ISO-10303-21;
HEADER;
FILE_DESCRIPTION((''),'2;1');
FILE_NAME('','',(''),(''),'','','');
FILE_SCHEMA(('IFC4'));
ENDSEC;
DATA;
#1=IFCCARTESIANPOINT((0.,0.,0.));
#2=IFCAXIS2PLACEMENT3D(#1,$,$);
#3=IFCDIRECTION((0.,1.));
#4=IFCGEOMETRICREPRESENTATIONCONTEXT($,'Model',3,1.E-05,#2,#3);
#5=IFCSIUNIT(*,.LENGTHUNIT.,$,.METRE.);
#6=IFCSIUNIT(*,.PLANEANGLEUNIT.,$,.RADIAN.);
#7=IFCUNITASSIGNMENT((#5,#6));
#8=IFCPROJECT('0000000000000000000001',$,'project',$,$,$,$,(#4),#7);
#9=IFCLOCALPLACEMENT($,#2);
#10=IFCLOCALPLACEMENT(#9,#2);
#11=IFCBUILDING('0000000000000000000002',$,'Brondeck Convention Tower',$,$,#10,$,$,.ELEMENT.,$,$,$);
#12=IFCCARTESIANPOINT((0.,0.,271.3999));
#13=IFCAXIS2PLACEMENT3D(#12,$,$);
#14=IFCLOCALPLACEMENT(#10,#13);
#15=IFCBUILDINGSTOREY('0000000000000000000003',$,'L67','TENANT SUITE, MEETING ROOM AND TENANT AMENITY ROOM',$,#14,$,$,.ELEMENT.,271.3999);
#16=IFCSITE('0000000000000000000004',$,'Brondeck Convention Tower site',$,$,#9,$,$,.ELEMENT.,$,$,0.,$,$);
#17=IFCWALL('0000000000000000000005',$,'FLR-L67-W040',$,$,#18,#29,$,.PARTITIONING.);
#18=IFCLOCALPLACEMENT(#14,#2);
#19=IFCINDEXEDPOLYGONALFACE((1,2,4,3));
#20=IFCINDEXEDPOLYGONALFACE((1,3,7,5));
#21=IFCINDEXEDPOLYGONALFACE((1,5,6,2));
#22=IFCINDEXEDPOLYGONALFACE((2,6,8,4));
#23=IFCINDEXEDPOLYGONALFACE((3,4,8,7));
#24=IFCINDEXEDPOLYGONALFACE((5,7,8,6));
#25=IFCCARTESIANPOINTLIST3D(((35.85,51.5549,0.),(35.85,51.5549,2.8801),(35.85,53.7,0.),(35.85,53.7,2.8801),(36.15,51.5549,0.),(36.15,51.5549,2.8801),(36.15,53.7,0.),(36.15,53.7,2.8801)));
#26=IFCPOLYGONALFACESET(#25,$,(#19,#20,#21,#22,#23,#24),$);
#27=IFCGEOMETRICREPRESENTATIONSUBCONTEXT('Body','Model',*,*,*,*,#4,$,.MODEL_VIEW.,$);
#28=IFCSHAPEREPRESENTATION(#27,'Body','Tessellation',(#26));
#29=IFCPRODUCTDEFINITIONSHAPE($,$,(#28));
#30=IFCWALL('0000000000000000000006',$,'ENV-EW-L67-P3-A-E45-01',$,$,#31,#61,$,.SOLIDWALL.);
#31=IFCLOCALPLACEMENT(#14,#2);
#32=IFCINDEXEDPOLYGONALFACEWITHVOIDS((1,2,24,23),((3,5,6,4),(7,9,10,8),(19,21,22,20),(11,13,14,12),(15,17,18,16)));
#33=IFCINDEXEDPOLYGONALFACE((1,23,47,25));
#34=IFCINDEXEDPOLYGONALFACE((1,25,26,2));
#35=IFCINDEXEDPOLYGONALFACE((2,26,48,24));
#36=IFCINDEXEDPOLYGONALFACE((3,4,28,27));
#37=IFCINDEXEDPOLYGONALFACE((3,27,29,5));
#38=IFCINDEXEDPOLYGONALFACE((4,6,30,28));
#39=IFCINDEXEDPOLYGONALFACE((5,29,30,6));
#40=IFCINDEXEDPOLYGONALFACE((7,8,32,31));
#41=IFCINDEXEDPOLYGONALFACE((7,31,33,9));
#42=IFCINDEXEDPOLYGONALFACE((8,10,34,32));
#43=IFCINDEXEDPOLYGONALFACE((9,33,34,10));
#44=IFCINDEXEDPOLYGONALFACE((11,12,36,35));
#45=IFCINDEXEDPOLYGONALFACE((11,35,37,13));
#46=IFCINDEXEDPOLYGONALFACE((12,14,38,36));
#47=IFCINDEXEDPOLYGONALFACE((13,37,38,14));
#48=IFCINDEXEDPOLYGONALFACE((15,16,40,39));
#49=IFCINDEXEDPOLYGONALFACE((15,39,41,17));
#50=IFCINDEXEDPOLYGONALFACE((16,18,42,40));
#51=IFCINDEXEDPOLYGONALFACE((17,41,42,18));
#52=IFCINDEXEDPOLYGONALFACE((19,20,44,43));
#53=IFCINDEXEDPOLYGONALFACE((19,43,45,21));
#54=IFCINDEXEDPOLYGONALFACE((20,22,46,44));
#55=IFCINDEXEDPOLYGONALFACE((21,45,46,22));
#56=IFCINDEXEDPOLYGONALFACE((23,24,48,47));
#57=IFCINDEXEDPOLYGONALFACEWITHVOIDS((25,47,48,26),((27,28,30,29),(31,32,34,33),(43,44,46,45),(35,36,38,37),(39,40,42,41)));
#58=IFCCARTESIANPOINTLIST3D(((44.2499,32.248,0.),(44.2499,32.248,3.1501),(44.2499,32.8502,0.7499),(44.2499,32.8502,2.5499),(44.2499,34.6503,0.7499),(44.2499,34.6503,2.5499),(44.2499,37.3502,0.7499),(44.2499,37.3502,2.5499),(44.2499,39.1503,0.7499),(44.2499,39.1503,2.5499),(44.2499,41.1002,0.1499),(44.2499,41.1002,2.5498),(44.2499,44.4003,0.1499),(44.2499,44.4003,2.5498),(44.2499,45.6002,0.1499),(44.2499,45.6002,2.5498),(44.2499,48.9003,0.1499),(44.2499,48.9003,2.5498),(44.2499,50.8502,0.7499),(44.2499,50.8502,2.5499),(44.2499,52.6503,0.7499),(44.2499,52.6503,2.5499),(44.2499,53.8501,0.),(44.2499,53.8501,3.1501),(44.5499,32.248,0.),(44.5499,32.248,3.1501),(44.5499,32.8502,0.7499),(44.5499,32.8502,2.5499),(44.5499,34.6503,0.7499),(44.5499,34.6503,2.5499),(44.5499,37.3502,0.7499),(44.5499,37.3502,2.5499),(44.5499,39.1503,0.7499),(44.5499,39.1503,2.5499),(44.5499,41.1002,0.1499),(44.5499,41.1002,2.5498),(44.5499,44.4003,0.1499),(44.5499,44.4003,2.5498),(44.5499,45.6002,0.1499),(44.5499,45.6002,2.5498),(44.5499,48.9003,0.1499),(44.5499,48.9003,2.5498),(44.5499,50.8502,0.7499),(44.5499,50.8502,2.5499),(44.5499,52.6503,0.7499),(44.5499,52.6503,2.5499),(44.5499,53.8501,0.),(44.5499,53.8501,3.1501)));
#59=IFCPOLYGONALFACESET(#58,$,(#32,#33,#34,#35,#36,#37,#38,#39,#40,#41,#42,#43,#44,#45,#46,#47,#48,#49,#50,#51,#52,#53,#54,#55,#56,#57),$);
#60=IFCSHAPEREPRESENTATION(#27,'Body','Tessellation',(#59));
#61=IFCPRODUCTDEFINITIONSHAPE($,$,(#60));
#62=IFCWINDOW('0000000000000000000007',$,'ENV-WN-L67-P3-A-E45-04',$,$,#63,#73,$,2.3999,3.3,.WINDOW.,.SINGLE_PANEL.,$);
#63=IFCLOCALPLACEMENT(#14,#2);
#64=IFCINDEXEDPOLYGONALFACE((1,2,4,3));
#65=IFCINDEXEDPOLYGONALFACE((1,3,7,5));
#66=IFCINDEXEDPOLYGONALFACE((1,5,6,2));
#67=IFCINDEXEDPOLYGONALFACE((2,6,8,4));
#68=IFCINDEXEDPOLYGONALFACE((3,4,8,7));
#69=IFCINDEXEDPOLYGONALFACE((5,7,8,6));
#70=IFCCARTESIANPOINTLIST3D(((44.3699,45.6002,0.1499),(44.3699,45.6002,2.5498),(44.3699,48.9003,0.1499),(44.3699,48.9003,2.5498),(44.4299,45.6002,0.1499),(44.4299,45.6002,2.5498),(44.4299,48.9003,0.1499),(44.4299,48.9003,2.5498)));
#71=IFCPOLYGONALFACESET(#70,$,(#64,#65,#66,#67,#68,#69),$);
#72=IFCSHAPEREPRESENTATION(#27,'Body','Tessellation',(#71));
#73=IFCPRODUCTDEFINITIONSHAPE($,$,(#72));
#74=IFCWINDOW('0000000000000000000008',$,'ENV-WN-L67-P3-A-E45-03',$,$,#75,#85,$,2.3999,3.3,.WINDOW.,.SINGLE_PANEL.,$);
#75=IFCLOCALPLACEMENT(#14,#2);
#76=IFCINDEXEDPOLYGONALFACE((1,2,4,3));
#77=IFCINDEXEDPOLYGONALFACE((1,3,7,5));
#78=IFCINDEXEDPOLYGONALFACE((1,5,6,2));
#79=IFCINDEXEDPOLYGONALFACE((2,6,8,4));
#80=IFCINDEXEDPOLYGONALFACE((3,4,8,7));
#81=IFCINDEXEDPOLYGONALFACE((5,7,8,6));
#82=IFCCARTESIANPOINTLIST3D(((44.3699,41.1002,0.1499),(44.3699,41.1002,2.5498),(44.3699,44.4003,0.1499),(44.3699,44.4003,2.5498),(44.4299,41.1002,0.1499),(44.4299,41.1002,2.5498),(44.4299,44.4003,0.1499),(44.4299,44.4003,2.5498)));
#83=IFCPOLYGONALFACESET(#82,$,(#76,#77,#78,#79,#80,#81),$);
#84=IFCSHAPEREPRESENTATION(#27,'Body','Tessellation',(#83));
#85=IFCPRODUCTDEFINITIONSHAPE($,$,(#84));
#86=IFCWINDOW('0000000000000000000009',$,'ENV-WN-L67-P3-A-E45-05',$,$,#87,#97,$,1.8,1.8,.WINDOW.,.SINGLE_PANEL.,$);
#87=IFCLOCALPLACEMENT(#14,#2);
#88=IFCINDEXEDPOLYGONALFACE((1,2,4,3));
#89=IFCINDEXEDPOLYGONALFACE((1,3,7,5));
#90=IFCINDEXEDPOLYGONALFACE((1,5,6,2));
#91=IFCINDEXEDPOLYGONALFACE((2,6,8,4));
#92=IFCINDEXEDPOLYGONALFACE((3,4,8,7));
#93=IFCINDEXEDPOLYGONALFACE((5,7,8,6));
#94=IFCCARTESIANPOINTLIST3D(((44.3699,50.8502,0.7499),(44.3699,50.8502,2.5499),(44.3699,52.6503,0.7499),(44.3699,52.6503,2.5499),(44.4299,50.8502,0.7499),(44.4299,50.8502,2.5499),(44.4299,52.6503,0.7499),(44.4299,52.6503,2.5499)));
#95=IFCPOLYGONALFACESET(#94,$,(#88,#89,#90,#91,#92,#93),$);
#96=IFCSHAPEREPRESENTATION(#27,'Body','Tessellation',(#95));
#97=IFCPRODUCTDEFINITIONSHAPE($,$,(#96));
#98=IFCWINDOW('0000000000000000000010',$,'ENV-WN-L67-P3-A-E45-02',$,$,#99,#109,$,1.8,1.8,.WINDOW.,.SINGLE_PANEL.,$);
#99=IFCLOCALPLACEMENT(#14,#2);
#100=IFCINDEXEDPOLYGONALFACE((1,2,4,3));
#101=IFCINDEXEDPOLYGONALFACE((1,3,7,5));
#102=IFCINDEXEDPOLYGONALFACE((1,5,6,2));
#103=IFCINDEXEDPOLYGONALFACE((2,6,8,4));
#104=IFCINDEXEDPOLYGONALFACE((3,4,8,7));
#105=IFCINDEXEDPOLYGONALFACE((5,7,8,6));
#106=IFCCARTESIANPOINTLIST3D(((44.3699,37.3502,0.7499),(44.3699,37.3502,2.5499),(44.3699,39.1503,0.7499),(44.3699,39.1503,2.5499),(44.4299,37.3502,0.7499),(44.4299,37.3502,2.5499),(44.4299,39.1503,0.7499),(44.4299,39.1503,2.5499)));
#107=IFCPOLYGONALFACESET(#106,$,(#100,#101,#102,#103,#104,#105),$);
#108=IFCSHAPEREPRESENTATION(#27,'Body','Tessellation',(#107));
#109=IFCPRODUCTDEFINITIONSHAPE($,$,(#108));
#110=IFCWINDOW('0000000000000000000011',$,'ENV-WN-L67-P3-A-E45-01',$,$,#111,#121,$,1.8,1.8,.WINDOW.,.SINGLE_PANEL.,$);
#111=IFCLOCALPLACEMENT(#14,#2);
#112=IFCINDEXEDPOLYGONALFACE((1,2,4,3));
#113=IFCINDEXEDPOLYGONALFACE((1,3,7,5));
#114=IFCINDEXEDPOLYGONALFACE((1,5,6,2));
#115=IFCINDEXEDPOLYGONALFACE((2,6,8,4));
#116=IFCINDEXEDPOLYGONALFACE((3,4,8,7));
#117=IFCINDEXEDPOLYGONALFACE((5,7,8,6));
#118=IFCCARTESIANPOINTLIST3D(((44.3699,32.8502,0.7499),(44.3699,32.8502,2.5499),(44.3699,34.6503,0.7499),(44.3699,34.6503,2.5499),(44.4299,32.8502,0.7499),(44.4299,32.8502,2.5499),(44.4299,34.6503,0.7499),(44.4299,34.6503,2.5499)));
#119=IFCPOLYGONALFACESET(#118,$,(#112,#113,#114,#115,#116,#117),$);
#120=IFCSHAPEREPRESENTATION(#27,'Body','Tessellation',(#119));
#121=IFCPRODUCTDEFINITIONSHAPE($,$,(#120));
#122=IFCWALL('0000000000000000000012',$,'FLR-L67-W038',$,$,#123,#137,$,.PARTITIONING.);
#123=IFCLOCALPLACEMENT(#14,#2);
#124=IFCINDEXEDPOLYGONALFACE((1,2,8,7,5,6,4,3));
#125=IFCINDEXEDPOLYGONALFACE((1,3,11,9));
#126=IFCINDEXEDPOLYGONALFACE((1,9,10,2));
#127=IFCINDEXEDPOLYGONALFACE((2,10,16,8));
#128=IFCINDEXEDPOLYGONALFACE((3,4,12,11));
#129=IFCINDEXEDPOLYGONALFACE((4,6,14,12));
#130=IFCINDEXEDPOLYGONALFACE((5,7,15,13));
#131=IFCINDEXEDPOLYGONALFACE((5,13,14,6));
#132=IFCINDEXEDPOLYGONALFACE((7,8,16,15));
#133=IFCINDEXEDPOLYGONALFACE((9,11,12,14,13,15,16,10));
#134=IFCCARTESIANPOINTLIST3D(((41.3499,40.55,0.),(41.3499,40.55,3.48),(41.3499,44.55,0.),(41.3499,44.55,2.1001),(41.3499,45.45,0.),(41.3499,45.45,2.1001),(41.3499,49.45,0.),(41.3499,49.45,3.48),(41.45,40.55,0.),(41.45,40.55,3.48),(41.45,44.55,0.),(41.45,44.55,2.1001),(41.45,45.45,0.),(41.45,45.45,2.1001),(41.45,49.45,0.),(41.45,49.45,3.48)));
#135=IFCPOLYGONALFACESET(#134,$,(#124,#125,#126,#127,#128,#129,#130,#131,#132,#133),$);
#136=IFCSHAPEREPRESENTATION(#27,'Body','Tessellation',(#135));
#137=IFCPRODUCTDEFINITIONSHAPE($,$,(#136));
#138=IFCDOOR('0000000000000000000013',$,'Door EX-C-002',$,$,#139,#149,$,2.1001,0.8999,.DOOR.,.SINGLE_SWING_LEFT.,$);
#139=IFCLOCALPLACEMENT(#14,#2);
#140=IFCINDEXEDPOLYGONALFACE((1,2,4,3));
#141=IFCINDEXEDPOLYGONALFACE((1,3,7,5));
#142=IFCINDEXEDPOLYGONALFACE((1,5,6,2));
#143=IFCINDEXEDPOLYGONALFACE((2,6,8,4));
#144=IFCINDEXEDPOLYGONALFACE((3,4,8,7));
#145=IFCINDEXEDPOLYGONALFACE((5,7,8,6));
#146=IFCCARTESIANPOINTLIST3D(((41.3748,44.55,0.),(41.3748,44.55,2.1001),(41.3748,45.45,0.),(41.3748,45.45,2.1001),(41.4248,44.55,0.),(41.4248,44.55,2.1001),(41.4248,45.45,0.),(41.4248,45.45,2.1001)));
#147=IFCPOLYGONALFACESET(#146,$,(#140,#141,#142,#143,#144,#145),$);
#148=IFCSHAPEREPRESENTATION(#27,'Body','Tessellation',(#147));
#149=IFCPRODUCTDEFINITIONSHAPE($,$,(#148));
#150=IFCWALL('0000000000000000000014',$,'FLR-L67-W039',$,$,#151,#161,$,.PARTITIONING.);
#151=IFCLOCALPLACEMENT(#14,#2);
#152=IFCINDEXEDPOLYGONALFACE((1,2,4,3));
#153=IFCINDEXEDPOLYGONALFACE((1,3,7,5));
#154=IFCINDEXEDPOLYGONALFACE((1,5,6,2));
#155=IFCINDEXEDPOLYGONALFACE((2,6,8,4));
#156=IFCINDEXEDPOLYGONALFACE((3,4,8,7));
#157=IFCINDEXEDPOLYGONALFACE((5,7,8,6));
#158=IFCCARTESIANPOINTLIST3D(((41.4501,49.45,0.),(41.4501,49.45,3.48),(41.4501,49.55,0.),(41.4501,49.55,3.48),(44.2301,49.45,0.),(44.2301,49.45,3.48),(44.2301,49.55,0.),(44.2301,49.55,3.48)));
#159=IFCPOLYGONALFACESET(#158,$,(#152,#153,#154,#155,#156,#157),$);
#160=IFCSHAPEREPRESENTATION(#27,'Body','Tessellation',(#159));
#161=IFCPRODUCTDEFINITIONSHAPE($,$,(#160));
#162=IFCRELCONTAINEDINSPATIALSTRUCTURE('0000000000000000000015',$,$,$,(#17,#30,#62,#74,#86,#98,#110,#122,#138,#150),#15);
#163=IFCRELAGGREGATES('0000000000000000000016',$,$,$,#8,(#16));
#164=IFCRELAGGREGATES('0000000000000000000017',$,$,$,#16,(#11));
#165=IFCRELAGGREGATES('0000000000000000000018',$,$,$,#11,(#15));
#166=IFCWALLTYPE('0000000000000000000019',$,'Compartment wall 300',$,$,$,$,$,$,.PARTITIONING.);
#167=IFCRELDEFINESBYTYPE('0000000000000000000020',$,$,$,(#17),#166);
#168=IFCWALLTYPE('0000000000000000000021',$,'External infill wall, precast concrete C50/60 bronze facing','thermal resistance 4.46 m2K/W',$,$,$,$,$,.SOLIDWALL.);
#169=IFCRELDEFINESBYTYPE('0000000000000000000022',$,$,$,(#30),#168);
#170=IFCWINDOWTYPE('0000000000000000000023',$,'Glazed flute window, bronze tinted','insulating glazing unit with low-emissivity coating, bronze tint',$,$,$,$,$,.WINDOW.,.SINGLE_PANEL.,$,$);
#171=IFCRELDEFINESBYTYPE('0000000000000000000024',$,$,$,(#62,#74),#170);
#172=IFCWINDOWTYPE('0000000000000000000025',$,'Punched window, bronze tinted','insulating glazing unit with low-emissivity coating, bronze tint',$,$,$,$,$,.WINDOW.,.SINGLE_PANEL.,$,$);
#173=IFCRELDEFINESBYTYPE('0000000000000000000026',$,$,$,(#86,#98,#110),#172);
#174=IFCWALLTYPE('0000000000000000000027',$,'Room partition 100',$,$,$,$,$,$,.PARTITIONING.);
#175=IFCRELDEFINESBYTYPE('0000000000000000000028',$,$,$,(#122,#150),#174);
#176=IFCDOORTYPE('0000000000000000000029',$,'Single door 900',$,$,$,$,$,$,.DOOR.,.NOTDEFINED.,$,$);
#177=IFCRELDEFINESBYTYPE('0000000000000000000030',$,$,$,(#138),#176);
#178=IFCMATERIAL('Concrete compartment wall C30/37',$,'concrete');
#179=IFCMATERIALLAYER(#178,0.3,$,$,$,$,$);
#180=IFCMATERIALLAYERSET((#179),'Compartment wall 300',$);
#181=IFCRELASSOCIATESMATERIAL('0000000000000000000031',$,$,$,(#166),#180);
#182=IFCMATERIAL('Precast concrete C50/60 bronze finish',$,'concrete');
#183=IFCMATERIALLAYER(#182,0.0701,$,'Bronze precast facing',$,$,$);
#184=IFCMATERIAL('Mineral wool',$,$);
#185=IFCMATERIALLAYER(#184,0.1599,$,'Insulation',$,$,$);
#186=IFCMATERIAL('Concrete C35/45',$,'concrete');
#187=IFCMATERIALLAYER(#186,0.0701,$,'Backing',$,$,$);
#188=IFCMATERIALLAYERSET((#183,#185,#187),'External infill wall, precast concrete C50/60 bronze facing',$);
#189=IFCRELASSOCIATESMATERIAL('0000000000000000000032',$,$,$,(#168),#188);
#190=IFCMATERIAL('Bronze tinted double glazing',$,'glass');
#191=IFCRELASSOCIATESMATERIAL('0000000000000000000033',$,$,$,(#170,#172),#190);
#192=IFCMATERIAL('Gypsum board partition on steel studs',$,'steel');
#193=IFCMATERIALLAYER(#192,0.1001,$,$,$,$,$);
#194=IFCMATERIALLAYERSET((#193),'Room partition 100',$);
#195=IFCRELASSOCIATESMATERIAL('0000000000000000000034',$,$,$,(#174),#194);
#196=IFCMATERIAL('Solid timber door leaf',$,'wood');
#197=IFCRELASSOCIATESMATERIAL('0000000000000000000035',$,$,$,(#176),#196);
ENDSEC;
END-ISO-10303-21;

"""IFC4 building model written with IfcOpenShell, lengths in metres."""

from ifc_helpers import new_model, si_unit, direction, frame, frame_2d, origin, place, context, subcontext, project, spatial, rectangle, extrude, material, layer, layer_set, type_object, element, fill, save


model = new_model("IFC4")

# Units and contexts
model_context = context("Model", 3, precision=1e-05, world=origin(), true_north=direction((0.0, 1.0)))
body_context = subcontext(model_context, "Body", "Model", "MODEL_VIEW")
ifc_project = project(units=[si_unit("LENGTHUNIT", "METRE"), si_unit("PLANEANGLEUNIT", "RADIAN")], contexts=[model_context])

# Site, building, storey
site_placement = place(None, origin())
site = spatial("IfcSite", under=ifc_project, at=site_placement, Name="Brondeck Convention Tower site", CompositionType="ELEMENT", RefElevation=0.0)
building_placement = place(site_placement, origin())
building = spatial("IfcBuilding", under=site, at=building_placement, Name="Brondeck Convention Tower", CompositionType="ELEMENT")
storey_placement = place(building_placement, frame((0.0, 0.0, 271.3999)))
storey = spatial("IfcBuildingStorey", under=building, at=storey_placement, Name="L67", Description="TENANT SUITE, MEETING ROOM AND TENANT AMENITY ROOM", CompositionType="ELEMENT", Elevation=271.3999)

# Wall
ifc_material_1 = material(Name="Concrete compartment wall C30/37", Category="concrete")
ifc_layer_1 = layer(ifc_material_1, 0.3)
ifc_layer_set_1 = layer_set([ifc_layer_1], Name="Compartment wall 300")
wall_type_1 = type_object("IfcWallType", Name="Compartment wall 300", PredefinedType="PARTITIONING", material=ifc_layer_set_1)
wall_1_placement = place(storey_placement, frame((36.0, 51.5549, 0.0), z_axis=(0.0, 0.0, 1.0), x_axis=(0.0, 1.0, 0.0)))
element("IfcWall", 1, at=wall_1_placement, inside=storey, type_object=wall_type_1, Name="FLR-L67-W040", PredefinedType="PARTITIONING", context=body_context, shape_type="SweptSolid", body=[
    extrude(rectangle(XDim=2.145, YDim=0.3, at=frame_2d((1.0725, 0.0))), origin(), (0.0, 0.0, 1.0), 2.8801),
])

# Wall, openings, windows
ifc_material_2 = material(Name="Precast concrete C50/60 bronze finish", Category="concrete")
ifc_layer_2 = layer(ifc_material_2, 0.0701, Name="Bronze precast facing")
ifc_material_3 = material(Name="Mineral wool")
ifc_layer_3 = layer(ifc_material_3, 0.1599, Name="Insulation")
ifc_material_4 = material(Name="Concrete C35/45", Category="concrete")
ifc_layer_4 = layer(ifc_material_4, 0.0701, Name="Backing")
ifc_layer_set_2 = layer_set([ifc_layer_2, ifc_layer_3, ifc_layer_4], Name="External infill wall, precast concrete C50/60 bronze facing")
wall_type_2 = type_object("IfcWallType", Name="External infill wall, precast concrete C50/60 bronze facing", Description="thermal resistance 4.46 m2K/W", PredefinedType="SOLIDWALL", material=ifc_layer_set_2)
wall_2_placement = place(storey_placement, frame((44.3999, 53.8501, 0.0), z_axis=(0.0, 0.0, 1.0), x_axis=(0.0, -1.0, 0.0)))
wall_2 = element("IfcWall", 2, at=wall_2_placement, inside=storey, type_object=wall_type_2, Name="ENV-EW-L67-P3-A-E45-01", PredefinedType="SOLIDWALL", context=body_context, shape_type="SweptSolid", body=[
    extrude(rectangle(XDim=21.6021, YDim=0.3, at=frame_2d((10.801, 0.0))), origin(), (0.0, 0.0, 1.0), 3.1501),
])
opening_1_placement = place(wall_2_placement, frame((1.2, 0.0, 0.75)))
opening_1 = element("IfcOpeningElement", 3, at=opening_1_placement, cuts=wall_2, PredefinedType="OPENING", context=body_context, shape_type="SweptSolid", body=[
    extrude(rectangle(XDim=1.8, YDim=1.8, at=frame_2d((0.8999, 0.8999))), frame((0.0, 0.1599, 0.0), z_axis=(0.0, -1.0, 0.0), x_axis=(1.0, 0.0, 0.0)), (0.0, 0.0, 1.0), 0.3201),
])
opening_2_placement = place(wall_2_placement, frame((4.95, 0.0, 0.1499)))
opening_2 = element("IfcOpeningElement", 4, at=opening_2_placement, cuts=wall_2, PredefinedType="OPENING", context=body_context, shape_type="SweptSolid", body=[
    extrude(rectangle(XDim=3.3, YDim=2.3999, at=frame_2d((1.6499, 1.2))), frame((0.0, 0.1599, 0.0), z_axis=(0.0, -1.0, 0.0), x_axis=(1.0, 0.0, 0.0)), (0.0, 0.0, 1.0), 0.3201),
])
opening_3_placement = place(wall_2_placement, frame((9.45, 0.0, 0.1499)))
opening_3 = element("IfcOpeningElement", 5, at=opening_3_placement, cuts=wall_2, PredefinedType="OPENING", context=body_context, shape_type="SweptSolid", body=[
    extrude(rectangle(XDim=3.3, YDim=2.3999, at=frame_2d((1.6499, 1.2))), frame((0.0, 0.1599, 0.0), z_axis=(0.0, -1.0, 0.0), x_axis=(1.0, 0.0, 0.0)), (0.0, 0.0, 1.0), 0.3201),
])
opening_4_placement = place(wall_2_placement, frame((14.7, 0.0, 0.75)))
opening_4 = element("IfcOpeningElement", 6, at=opening_4_placement, cuts=wall_2, PredefinedType="OPENING", context=body_context, shape_type="SweptSolid", body=[
    extrude(rectangle(XDim=1.8, YDim=1.8, at=frame_2d((0.8999, 0.8999))), frame((0.0, 0.1599, 0.0), z_axis=(0.0, -1.0, 0.0), x_axis=(1.0, 0.0, 0.0)), (0.0, 0.0, 1.0), 0.3201),
])
opening_5_placement = place(wall_2_placement, frame((19.2, 0.0, 0.75)))
opening_5 = element("IfcOpeningElement", 7, at=opening_5_placement, cuts=wall_2, PredefinedType="OPENING", context=body_context, shape_type="SweptSolid", body=[
    extrude(rectangle(XDim=1.8, YDim=1.8, at=frame_2d((0.8999, 0.8999))), frame((0.0, 0.1599, 0.0), z_axis=(0.0, -1.0, 0.0), x_axis=(1.0, 0.0, 0.0)), (0.0, 0.0, 1.0), 0.3201),
])
ifc_material_5 = material(Name="Bronze tinted double glazing", Category="glass")
window_type_1 = type_object("IfcWindowType", Name="Glazed flute window, bronze tinted", Description="insulating glazing unit with low-emissivity coating, bronze tint", PartitioningType="SINGLE_PANEL", PredefinedType="WINDOW", material=ifc_material_5)
window_1_placement = place(opening_2_placement, origin())
window_1 = element("IfcWindow", 8, at=window_1_placement, inside=storey, type_object=window_type_1, Name="ENV-WN-L67-P3-A-E45-04", OverallHeight=2.3999, OverallWidth=3.3, PartitioningType="SINGLE_PANEL", PredefinedType="WINDOW", context=body_context, shape_type="SweptSolid", body=[
    extrude(rectangle(XDim=3.3, YDim=2.3999, at=frame_2d((1.6499, 1.2))), frame((0.0, 0.03, 0.0), z_axis=(0.0, -1.0, 0.0), x_axis=(1.0, 0.0, 0.0)), (0.0, 0.0, 1.0), 0.0601),
])
fill(opening_2, window_1)
window_2_placement = place(opening_3_placement, origin())
window_2 = element("IfcWindow", 9, at=window_2_placement, inside=storey, type_object=window_type_1, Name="ENV-WN-L67-P3-A-E45-03", OverallHeight=2.3999, OverallWidth=3.3, PartitioningType="SINGLE_PANEL", PredefinedType="WINDOW", context=body_context, shape_type="SweptSolid", body=[
    extrude(rectangle(XDim=3.3, YDim=2.3999, at=frame_2d((1.6499, 1.2))), frame((0.0, 0.03, 0.0), z_axis=(0.0, -1.0, 0.0), x_axis=(1.0, 0.0, 0.0)), (0.0, 0.0, 1.0), 0.0601),
])
fill(opening_3, window_2)
window_type_2 = type_object("IfcWindowType", Name="Punched window, bronze tinted", Description="insulating glazing unit with low-emissivity coating, bronze tint", PartitioningType="SINGLE_PANEL", PredefinedType="WINDOW", material=ifc_material_5)
window_3_placement = place(opening_1_placement, origin())
window_3 = element("IfcWindow", 10, at=window_3_placement, inside=storey, type_object=window_type_2, Name="ENV-WN-L67-P3-A-E45-05", OverallHeight=1.8, OverallWidth=1.8, PartitioningType="SINGLE_PANEL", PredefinedType="WINDOW", context=body_context, shape_type="SweptSolid", body=[
    extrude(rectangle(XDim=1.8, YDim=1.8, at=frame_2d((0.8999, 0.8999))), frame((0.0, 0.03, 0.0), z_axis=(0.0, -1.0, 0.0), x_axis=(1.0, 0.0, 0.0)), (0.0, 0.0, 1.0), 0.0601),
])
fill(opening_1, window_3)
window_4_placement = place(opening_4_placement, origin())
window_4 = element("IfcWindow", 11, at=window_4_placement, inside=storey, type_object=window_type_2, Name="ENV-WN-L67-P3-A-E45-02", OverallHeight=1.8, OverallWidth=1.8, PartitioningType="SINGLE_PANEL", PredefinedType="WINDOW", context=body_context, shape_type="SweptSolid", body=[
    extrude(rectangle(XDim=1.8, YDim=1.8, at=frame_2d((0.8999, 0.8999))), frame((0.0, 0.03, 0.0), z_axis=(0.0, -1.0, 0.0), x_axis=(1.0, 0.0, 0.0)), (0.0, 0.0, 1.0), 0.0601),
])
fill(opening_4, window_4)
window_5_placement = place(opening_5_placement, origin())
window_5 = element("IfcWindow", 12, at=window_5_placement, inside=storey, type_object=window_type_2, Name="ENV-WN-L67-P3-A-E45-01", OverallHeight=1.8, OverallWidth=1.8, PartitioningType="SINGLE_PANEL", PredefinedType="WINDOW", context=body_context, shape_type="SweptSolid", body=[
    extrude(rectangle(XDim=1.8, YDim=1.8, at=frame_2d((0.8999, 0.8999))), frame((0.0, 0.03, 0.0), z_axis=(0.0, -1.0, 0.0), x_axis=(1.0, 0.0, 0.0)), (0.0, 0.0, 1.0), 0.0601),
])
fill(opening_5, window_5)

# Wall, opening, door
ifc_material_6 = material(Name="Gypsum board partition on steel studs", Category="steel")
ifc_layer_5 = layer(ifc_material_6, 0.1001)
ifc_layer_set_3 = layer_set([ifc_layer_5], Name="Room partition 100")
wall_type_3 = type_object("IfcWallType", Name="Room partition 100", PredefinedType="PARTITIONING", material=ifc_layer_set_3)
wall_3_placement = place(storey_placement, frame((41.3999, 49.45, 0.0), z_axis=(0.0, 0.0, 1.0), x_axis=(0.0, -1.0, 0.0)))
wall_3 = element("IfcWall", 13, at=wall_3_placement, inside=storey, type_object=wall_type_3, Name="FLR-L67-W038", PredefinedType="PARTITIONING", context=body_context, shape_type="SweptSolid", body=[
    extrude(rectangle(XDim=8.8999, YDim=0.1001, at=frame_2d((4.45, 0.0))), origin(), (0.0, 0.0, 1.0), 3.48),
])
opening_6_placement = place(wall_3_placement, frame((4.0, 0.0, 0.0)))
opening_6 = element("IfcOpeningElement", 14, at=opening_6_placement, cuts=wall_3, PredefinedType="OPENING", context=body_context, shape_type="SweptSolid", body=[
    extrude(rectangle(XDim=0.8999, YDim=2.1001, at=frame_2d((0.45, 1.05))), frame((0.0, 0.0601, 0.0), z_axis=(0.0, -1.0, 0.0), x_axis=(1.0, 0.0, 0.0)), (0.0, 0.0, 1.0), 0.1201),
])
ifc_material_7 = material(Name="Solid timber door leaf", Category="wood")
door_type_1 = type_object("IfcDoorType", Name="Single door 900", OperationType="NOTDEFINED", PredefinedType="DOOR", material=ifc_material_7)
door_1_placement = place(opening_6_placement, origin())
door_1 = element("IfcDoor", 15, at=door_1_placement, inside=storey, type_object=door_type_1, Name="Door EX-C-002", OperationType="SINGLE_SWING_LEFT", OverallHeight=2.1001, OverallWidth=0.8999, PredefinedType="DOOR", context=body_context, shape_type="SweptSolid", body=[
    extrude(rectangle(XDim=0.8999, YDim=2.1001, at=frame_2d((0.45, 1.05))), frame((0.0, 0.0249, 0.0), z_axis=(0.0, -1.0, 0.0), x_axis=(1.0, 0.0, 0.0)), (0.0, 0.0, 1.0), 0.05),
])
fill(opening_6, door_1)

# Wall
wall_4_placement = place(storey_placement, frame((41.45, 49.5, 0.0), z_axis=(0.0, 0.0, 1.0), x_axis=(1.0, 0.0, 0.0)))
element("IfcWall", 16, at=wall_4_placement, inside=storey, type_object=wall_type_3, Name="FLR-L67-W039", PredefinedType="PARTITIONING", context=body_context, shape_type="SweptSolid", body=[
    extrude(rectangle(XDim=2.78, YDim=0.1001, at=frame_2d((1.3901, 0.0))), origin(), (0.0, 0.0, 1.0), 3.48),
])

save(model, "model.ifc")
